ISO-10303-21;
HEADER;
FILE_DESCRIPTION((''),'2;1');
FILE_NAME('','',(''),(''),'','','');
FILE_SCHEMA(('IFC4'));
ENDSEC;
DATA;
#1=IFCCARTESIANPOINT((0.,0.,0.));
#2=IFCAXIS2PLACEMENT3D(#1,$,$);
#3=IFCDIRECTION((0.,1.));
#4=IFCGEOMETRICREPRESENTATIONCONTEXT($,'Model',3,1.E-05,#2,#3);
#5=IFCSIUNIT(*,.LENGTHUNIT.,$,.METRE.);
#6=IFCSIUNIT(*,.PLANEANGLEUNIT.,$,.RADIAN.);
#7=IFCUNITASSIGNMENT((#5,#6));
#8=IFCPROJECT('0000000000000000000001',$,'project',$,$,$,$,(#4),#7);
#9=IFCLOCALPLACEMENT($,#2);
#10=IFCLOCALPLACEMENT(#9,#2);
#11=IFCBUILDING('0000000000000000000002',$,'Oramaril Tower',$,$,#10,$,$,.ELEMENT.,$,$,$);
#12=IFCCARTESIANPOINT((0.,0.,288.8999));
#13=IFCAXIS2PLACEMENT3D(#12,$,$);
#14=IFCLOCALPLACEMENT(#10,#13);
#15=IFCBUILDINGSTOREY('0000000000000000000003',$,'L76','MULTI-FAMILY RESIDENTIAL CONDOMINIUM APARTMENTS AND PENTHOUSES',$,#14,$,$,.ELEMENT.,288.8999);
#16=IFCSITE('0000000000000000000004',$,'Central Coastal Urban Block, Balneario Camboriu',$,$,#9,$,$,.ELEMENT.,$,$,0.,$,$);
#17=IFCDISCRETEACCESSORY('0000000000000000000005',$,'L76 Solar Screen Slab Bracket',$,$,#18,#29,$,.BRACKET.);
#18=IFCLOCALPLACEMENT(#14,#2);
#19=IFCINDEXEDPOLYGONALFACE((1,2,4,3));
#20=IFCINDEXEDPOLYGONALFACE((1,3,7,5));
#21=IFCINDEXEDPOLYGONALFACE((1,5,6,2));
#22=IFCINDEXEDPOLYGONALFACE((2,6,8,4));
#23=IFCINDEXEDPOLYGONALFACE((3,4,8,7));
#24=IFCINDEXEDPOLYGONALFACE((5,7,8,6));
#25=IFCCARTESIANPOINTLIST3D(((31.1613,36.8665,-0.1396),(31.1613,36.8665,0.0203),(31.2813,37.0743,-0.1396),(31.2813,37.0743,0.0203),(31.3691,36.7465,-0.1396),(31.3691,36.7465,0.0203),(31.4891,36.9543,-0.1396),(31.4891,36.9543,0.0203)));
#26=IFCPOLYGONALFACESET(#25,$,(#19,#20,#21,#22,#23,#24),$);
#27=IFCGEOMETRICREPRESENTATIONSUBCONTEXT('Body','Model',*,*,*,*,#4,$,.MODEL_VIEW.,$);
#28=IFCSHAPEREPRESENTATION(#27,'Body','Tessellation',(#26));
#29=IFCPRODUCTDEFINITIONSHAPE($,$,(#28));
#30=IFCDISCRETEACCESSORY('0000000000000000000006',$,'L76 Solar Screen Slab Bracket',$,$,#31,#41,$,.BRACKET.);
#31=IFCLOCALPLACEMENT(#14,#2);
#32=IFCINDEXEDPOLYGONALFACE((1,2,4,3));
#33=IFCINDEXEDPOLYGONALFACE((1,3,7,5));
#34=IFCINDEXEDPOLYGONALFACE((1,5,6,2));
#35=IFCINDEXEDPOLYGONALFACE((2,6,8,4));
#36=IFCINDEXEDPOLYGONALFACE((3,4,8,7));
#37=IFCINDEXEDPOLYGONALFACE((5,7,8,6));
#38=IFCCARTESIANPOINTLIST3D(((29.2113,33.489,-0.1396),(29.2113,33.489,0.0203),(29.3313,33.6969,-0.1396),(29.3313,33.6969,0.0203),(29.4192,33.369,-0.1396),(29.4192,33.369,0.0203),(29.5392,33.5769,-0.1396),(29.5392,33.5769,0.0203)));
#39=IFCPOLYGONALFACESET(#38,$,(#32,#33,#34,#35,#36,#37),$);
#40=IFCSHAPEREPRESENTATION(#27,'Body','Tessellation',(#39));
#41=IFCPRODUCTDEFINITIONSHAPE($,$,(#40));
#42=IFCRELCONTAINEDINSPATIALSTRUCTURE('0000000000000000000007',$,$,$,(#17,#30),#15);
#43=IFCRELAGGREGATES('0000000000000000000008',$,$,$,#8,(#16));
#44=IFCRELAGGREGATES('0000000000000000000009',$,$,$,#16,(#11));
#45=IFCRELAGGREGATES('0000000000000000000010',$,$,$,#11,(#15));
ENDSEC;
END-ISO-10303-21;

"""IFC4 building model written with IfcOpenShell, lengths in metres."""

from ifc_helpers import new_model, si_unit, direction, frame, origin, origin_2d, place, context, subcontext, project, spatial, rectangle, extrude, element, save


model = new_model("IFC4")

# Units and contexts
model_context = context("Model", 3, precision=1e-05, world=origin(), true_north=direction((0.0, 1.0)))
body_context = subcontext(model_context, "Body", "Model", "MODEL_VIEW")
ifc_project = project(units=[si_unit("LENGTHUNIT", "METRE"), si_unit("PLANEANGLEUNIT", "RADIAN")], contexts=[model_context])

# Site, building, storey
site_placement = place(None, origin())
site = spatial("IfcSite", under=ifc_project, at=site_placement, Name="Central Coastal Urban Block, Balneario Camboriu", CompositionType="ELEMENT", RefElevation=0.0)
building_placement = place(site_placement, origin())
building = spatial("IfcBuilding", under=site, at=building_placement, Name="Oramaril Tower", CompositionType="ELEMENT")
storey_placement = place(building_placement, frame((0.0, 0.0, 288.8999)))
storey = spatial("IfcBuildingStorey", under=building, at=storey_placement, Name="L76", Description="MULTI-FAMILY RESIDENTIAL CONDOMINIUM APARTMENTS AND PENTHOUSES", CompositionType="ELEMENT", Elevation=288.8999)

# Discrete accessories
for number, where, z_axis, x_axis, name in (
    (1, (31.3252, 36.9104, -0.1396), (0.0, 0.0, 1.0), (-0.499998, -0.866026, 0.0), "L76 Solar Screen Slab Bracket"),
    (2, (29.3752, 33.533, -0.1396), (0.0, 0.0, 1.0), (-0.499998, -0.866026, 0.0), "L76 Solar Screen Slab Bracket"),
):
    element("IfcDiscreteAccessory", number, at=place(storey_placement, frame(where, z_axis=z_axis, x_axis=x_axis)), inside=storey, Name=name, PredefinedType="BRACKET", context=body_context, shape_type="SweptSolid", body=[
        extrude(rectangle(XDim=0.24, YDim=0.24, at=origin_2d()), origin(), (0.0, 0.0, 1.0), 0.1599),
    ])

save(model, "model.ifc")
